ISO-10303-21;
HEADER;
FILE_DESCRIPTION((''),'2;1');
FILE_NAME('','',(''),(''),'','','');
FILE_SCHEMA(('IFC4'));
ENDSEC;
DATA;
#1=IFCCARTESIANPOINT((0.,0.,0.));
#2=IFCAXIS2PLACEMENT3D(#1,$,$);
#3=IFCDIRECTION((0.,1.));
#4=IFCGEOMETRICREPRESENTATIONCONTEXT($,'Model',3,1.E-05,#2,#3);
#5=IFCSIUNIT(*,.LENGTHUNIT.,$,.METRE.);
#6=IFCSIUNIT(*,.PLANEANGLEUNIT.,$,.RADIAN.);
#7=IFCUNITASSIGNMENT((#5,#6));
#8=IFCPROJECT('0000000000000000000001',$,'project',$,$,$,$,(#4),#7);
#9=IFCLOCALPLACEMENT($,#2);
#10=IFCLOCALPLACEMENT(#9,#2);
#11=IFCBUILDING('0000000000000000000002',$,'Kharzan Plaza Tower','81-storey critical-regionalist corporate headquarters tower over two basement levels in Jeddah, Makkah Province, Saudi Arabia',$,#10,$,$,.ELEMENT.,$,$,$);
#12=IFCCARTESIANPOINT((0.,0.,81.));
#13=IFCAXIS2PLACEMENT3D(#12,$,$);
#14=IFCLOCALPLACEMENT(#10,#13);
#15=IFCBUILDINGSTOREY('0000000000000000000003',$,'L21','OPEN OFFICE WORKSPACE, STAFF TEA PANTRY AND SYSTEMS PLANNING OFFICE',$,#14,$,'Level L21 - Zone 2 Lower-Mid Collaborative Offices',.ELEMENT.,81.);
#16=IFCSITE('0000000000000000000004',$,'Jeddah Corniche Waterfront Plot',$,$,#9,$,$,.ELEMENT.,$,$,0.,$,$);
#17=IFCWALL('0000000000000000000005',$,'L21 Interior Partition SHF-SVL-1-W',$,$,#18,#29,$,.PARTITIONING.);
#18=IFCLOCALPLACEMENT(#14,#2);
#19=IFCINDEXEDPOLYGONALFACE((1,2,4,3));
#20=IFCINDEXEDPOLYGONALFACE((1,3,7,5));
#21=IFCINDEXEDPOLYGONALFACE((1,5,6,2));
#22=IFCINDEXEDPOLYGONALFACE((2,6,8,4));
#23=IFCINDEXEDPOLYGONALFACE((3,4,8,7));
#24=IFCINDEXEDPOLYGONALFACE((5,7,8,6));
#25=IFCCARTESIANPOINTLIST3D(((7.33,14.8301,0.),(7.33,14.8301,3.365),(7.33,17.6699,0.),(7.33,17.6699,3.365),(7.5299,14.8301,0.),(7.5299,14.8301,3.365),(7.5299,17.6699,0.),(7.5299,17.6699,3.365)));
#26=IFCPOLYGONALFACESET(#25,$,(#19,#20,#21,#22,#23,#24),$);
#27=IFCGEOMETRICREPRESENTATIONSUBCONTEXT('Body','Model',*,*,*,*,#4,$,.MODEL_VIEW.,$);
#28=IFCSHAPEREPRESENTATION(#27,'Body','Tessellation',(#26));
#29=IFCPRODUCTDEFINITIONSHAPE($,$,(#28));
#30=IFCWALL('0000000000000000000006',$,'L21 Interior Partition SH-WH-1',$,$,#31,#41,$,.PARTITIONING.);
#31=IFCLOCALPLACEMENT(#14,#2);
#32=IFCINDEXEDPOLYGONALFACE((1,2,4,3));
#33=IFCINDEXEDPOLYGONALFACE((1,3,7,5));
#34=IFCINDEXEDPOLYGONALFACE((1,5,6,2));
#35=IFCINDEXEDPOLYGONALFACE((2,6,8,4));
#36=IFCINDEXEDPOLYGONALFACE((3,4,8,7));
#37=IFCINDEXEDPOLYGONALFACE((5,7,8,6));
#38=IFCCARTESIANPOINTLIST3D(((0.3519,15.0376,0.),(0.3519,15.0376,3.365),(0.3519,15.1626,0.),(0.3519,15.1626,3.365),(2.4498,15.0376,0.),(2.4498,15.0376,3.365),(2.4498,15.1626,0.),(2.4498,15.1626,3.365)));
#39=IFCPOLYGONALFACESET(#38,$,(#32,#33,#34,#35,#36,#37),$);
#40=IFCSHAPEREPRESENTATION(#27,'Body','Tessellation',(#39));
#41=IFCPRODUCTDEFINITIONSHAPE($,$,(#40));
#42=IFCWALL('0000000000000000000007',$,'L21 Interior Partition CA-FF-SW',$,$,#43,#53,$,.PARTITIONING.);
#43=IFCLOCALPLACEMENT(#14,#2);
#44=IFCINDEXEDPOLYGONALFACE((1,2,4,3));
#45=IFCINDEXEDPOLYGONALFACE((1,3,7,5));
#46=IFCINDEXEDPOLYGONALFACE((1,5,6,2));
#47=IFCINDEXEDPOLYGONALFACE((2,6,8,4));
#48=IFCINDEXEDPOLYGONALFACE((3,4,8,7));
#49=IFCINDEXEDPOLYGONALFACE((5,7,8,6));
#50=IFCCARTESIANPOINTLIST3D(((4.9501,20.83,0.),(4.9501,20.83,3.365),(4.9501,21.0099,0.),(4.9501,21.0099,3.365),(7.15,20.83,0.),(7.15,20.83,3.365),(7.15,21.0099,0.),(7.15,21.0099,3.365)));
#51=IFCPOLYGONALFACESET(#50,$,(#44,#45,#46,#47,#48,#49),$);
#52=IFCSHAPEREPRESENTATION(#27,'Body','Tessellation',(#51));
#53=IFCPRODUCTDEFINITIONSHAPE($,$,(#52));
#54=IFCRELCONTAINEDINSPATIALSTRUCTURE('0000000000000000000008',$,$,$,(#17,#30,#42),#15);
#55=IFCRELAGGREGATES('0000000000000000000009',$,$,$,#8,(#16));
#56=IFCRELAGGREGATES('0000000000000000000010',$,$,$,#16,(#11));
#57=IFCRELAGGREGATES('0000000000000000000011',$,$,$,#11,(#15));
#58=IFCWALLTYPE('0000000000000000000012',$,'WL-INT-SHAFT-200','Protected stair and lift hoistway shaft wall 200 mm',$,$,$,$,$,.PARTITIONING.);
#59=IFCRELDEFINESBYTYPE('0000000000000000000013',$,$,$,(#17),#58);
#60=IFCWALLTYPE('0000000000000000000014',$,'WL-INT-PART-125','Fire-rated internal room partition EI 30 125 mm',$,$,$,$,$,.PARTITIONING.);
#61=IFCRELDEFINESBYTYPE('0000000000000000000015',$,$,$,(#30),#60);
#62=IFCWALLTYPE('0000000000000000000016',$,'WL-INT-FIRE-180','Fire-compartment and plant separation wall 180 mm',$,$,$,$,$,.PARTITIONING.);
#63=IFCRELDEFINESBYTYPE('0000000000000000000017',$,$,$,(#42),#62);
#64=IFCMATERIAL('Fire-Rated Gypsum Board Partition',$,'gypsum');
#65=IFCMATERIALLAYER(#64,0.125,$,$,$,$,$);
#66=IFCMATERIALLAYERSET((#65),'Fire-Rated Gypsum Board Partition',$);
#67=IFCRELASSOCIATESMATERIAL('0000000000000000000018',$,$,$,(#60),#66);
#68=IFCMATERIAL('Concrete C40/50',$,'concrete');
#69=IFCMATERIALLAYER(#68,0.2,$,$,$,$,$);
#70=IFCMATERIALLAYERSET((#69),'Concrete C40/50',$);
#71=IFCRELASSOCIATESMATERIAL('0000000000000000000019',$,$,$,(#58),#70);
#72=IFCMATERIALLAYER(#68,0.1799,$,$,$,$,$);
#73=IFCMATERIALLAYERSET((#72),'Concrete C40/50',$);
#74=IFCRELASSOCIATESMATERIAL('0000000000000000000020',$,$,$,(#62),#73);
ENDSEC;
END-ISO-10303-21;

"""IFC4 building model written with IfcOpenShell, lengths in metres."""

from ifc_helpers import new_model, si_unit, direction, frame, frame_2d, origin, place, context, subcontext, project, spatial, rectangle, extrude, source, transform, mapped, material, layer, layer_set, type_object, element, save


model = new_model("IFC4")

# Units and contexts
model_context = context("Model", 3, precision=1e-05, world=origin(), true_north=direction((0.0, 1.0)))
body_context = subcontext(model_context, "Body", "Model", "MODEL_VIEW")
ifc_project = project(units=[si_unit("LENGTHUNIT", "METRE"), si_unit("PLANEANGLEUNIT", "RADIAN")], contexts=[model_context])

# Site, building, storey
site_placement = place(None, origin())
site = spatial("IfcSite", under=ifc_project, at=site_placement, Name="Jeddah Corniche Waterfront Plot", CompositionType="ELEMENT", RefElevation=0.0)
building_placement = place(site_placement, origin())
building = spatial("IfcBuilding", under=site, at=building_placement, Name="Kharzan Plaza Tower", Description="81-storey critical-regionalist corporate headquarters tower over two basement levels in Jeddah, Makkah Province, Saudi Arabia", CompositionType="ELEMENT")
storey_placement = place(building_placement, frame((0.0, 0.0, 81.0)))
storey = spatial("IfcBuildingStorey", under=building, at=storey_placement, Name="L21", Description="OPEN OFFICE WORKSPACE, STAFF TEA PANTRY AND SYSTEMS PLANNING OFFICE", LongName="Level L21 - Zone 2 Lower-Mid Collaborative Offices", CompositionType="ELEMENT", Elevation=81.0)

# Shared definitions
ifc_material_1 = material(Name="Concrete C40/50", Category="concrete")

# Shared definitions
ifc_material_2 = material(Name="Fire-Rated Gypsum Board Partition", Category="gypsum")
ifc_layer_1 = layer(ifc_material_2, 0.125)
ifc_layer_set_1 = layer_set([ifc_layer_1], Name="Fire-Rated Gypsum Board Partition")
wall_type_1 = type_object("IfcWallType", Name="WL-INT-PART-125", Description="Fire-rated internal room partition EI 30 125 mm", PredefinedType="PARTITIONING", material=ifc_layer_set_1)
ifc_layer_2 = layer(ifc_material_1, 0.2)
ifc_layer_set_2 = layer_set([ifc_layer_2], Name="Concrete C40/50")
wall_type_2 = type_object("IfcWallType", Name="WL-INT-SHAFT-200", Description="Protected stair and lift hoistway shaft wall 200 mm", PredefinedType="PARTITIONING", material=ifc_layer_set_2)

# Walls
shared_shape_1 = source(origin(), body_context, "Body", "SweptSolid", [
    extrude(rectangle(XDim=2.8398, YDim=0.2, at=frame_2d((1.4199, 0.0))), origin(), (0.0, 0.0, 1.0), 3.365),
])
wall_1_placement = place(storey_placement, frame((7.4299, 14.8301, 0.0), z_axis=(0.0, 0.0, 1.0), x_axis=(0.0, 1.0, 0.0)))
element("IfcWall", 1, at=wall_1_placement, inside=storey, type_object=wall_type_2, Name="L21 Interior Partition SHF-SVL-1-W", PredefinedType="PARTITIONING", context=body_context, shape_type="MappedRepresentation", body=[
    mapped(shared_shape_1, transform((0.0, 0.0, 0.0), x_axis=(1.0, 0.0, 0.0), y_axis=(0.0, 1.0, 0.0), z_axis=(0.0, 0.0, 1.0))),
])
shared_shape_2 = source(origin(), body_context, "Body", "SweptSolid", [
    extrude(rectangle(XDim=2.0979, YDim=0.125, at=frame_2d((1.0488, 0.0))), origin(), (0.0, 0.0, 1.0), 3.365),
])
wall_2_placement = place(storey_placement, frame((0.3521, 15.1001, 0.0), z_axis=(0.0, 0.0, 1.0), x_axis=(1.0, 0.0, 0.0)))
element("IfcWall", 2, at=wall_2_placement, inside=storey, type_object=wall_type_1, Name="L21 Interior Partition SH-WH-1", PredefinedType="PARTITIONING", context=body_context, shape_type="MappedRepresentation", body=[
    mapped(shared_shape_2, transform((0.0, 0.0, 0.0), x_axis=(1.0, 0.0, 0.0), y_axis=(0.0, 1.0, 0.0), z_axis=(0.0, 0.0, 1.0))),
])
ifc_layer_3 = layer(ifc_material_1, 0.1799)
ifc_layer_set_3 = layer_set([ifc_layer_3], Name="Concrete C40/50")
wall_type_3 = type_object("IfcWallType", Name="WL-INT-FIRE-180", Description="Fire-compartment and plant separation wall 180 mm", PredefinedType="PARTITIONING", material=ifc_layer_set_3)
shared_shape_3 = source(origin(), body_context, "Body", "SweptSolid", [
    extrude(rectangle(XDim=2.2, YDim=0.1799, at=frame_2d((1.1001, 0.0))), origin(), (0.0, 0.0, 1.0), 3.365),
])
wall_3_placement = place(storey_placement, frame((4.95, 20.9199, 0.0), z_axis=(0.0, 0.0, 1.0), x_axis=(1.0, 0.0, 0.0)))
element("IfcWall", 3, at=wall_3_placement, inside=storey, type_object=wall_type_3, Name="L21 Interior Partition CA-FF-SW", PredefinedType="PARTITIONING", context=body_context, shape_type="MappedRepresentation", body=[
    mapped(shared_shape_3, transform((0.0, 0.0, 0.0), x_axis=(1.0, 0.0, 0.0), y_axis=(0.0, 1.0, 0.0), z_axis=(0.0, 0.0, 1.0))),
])

save(model, "model.ifc")
